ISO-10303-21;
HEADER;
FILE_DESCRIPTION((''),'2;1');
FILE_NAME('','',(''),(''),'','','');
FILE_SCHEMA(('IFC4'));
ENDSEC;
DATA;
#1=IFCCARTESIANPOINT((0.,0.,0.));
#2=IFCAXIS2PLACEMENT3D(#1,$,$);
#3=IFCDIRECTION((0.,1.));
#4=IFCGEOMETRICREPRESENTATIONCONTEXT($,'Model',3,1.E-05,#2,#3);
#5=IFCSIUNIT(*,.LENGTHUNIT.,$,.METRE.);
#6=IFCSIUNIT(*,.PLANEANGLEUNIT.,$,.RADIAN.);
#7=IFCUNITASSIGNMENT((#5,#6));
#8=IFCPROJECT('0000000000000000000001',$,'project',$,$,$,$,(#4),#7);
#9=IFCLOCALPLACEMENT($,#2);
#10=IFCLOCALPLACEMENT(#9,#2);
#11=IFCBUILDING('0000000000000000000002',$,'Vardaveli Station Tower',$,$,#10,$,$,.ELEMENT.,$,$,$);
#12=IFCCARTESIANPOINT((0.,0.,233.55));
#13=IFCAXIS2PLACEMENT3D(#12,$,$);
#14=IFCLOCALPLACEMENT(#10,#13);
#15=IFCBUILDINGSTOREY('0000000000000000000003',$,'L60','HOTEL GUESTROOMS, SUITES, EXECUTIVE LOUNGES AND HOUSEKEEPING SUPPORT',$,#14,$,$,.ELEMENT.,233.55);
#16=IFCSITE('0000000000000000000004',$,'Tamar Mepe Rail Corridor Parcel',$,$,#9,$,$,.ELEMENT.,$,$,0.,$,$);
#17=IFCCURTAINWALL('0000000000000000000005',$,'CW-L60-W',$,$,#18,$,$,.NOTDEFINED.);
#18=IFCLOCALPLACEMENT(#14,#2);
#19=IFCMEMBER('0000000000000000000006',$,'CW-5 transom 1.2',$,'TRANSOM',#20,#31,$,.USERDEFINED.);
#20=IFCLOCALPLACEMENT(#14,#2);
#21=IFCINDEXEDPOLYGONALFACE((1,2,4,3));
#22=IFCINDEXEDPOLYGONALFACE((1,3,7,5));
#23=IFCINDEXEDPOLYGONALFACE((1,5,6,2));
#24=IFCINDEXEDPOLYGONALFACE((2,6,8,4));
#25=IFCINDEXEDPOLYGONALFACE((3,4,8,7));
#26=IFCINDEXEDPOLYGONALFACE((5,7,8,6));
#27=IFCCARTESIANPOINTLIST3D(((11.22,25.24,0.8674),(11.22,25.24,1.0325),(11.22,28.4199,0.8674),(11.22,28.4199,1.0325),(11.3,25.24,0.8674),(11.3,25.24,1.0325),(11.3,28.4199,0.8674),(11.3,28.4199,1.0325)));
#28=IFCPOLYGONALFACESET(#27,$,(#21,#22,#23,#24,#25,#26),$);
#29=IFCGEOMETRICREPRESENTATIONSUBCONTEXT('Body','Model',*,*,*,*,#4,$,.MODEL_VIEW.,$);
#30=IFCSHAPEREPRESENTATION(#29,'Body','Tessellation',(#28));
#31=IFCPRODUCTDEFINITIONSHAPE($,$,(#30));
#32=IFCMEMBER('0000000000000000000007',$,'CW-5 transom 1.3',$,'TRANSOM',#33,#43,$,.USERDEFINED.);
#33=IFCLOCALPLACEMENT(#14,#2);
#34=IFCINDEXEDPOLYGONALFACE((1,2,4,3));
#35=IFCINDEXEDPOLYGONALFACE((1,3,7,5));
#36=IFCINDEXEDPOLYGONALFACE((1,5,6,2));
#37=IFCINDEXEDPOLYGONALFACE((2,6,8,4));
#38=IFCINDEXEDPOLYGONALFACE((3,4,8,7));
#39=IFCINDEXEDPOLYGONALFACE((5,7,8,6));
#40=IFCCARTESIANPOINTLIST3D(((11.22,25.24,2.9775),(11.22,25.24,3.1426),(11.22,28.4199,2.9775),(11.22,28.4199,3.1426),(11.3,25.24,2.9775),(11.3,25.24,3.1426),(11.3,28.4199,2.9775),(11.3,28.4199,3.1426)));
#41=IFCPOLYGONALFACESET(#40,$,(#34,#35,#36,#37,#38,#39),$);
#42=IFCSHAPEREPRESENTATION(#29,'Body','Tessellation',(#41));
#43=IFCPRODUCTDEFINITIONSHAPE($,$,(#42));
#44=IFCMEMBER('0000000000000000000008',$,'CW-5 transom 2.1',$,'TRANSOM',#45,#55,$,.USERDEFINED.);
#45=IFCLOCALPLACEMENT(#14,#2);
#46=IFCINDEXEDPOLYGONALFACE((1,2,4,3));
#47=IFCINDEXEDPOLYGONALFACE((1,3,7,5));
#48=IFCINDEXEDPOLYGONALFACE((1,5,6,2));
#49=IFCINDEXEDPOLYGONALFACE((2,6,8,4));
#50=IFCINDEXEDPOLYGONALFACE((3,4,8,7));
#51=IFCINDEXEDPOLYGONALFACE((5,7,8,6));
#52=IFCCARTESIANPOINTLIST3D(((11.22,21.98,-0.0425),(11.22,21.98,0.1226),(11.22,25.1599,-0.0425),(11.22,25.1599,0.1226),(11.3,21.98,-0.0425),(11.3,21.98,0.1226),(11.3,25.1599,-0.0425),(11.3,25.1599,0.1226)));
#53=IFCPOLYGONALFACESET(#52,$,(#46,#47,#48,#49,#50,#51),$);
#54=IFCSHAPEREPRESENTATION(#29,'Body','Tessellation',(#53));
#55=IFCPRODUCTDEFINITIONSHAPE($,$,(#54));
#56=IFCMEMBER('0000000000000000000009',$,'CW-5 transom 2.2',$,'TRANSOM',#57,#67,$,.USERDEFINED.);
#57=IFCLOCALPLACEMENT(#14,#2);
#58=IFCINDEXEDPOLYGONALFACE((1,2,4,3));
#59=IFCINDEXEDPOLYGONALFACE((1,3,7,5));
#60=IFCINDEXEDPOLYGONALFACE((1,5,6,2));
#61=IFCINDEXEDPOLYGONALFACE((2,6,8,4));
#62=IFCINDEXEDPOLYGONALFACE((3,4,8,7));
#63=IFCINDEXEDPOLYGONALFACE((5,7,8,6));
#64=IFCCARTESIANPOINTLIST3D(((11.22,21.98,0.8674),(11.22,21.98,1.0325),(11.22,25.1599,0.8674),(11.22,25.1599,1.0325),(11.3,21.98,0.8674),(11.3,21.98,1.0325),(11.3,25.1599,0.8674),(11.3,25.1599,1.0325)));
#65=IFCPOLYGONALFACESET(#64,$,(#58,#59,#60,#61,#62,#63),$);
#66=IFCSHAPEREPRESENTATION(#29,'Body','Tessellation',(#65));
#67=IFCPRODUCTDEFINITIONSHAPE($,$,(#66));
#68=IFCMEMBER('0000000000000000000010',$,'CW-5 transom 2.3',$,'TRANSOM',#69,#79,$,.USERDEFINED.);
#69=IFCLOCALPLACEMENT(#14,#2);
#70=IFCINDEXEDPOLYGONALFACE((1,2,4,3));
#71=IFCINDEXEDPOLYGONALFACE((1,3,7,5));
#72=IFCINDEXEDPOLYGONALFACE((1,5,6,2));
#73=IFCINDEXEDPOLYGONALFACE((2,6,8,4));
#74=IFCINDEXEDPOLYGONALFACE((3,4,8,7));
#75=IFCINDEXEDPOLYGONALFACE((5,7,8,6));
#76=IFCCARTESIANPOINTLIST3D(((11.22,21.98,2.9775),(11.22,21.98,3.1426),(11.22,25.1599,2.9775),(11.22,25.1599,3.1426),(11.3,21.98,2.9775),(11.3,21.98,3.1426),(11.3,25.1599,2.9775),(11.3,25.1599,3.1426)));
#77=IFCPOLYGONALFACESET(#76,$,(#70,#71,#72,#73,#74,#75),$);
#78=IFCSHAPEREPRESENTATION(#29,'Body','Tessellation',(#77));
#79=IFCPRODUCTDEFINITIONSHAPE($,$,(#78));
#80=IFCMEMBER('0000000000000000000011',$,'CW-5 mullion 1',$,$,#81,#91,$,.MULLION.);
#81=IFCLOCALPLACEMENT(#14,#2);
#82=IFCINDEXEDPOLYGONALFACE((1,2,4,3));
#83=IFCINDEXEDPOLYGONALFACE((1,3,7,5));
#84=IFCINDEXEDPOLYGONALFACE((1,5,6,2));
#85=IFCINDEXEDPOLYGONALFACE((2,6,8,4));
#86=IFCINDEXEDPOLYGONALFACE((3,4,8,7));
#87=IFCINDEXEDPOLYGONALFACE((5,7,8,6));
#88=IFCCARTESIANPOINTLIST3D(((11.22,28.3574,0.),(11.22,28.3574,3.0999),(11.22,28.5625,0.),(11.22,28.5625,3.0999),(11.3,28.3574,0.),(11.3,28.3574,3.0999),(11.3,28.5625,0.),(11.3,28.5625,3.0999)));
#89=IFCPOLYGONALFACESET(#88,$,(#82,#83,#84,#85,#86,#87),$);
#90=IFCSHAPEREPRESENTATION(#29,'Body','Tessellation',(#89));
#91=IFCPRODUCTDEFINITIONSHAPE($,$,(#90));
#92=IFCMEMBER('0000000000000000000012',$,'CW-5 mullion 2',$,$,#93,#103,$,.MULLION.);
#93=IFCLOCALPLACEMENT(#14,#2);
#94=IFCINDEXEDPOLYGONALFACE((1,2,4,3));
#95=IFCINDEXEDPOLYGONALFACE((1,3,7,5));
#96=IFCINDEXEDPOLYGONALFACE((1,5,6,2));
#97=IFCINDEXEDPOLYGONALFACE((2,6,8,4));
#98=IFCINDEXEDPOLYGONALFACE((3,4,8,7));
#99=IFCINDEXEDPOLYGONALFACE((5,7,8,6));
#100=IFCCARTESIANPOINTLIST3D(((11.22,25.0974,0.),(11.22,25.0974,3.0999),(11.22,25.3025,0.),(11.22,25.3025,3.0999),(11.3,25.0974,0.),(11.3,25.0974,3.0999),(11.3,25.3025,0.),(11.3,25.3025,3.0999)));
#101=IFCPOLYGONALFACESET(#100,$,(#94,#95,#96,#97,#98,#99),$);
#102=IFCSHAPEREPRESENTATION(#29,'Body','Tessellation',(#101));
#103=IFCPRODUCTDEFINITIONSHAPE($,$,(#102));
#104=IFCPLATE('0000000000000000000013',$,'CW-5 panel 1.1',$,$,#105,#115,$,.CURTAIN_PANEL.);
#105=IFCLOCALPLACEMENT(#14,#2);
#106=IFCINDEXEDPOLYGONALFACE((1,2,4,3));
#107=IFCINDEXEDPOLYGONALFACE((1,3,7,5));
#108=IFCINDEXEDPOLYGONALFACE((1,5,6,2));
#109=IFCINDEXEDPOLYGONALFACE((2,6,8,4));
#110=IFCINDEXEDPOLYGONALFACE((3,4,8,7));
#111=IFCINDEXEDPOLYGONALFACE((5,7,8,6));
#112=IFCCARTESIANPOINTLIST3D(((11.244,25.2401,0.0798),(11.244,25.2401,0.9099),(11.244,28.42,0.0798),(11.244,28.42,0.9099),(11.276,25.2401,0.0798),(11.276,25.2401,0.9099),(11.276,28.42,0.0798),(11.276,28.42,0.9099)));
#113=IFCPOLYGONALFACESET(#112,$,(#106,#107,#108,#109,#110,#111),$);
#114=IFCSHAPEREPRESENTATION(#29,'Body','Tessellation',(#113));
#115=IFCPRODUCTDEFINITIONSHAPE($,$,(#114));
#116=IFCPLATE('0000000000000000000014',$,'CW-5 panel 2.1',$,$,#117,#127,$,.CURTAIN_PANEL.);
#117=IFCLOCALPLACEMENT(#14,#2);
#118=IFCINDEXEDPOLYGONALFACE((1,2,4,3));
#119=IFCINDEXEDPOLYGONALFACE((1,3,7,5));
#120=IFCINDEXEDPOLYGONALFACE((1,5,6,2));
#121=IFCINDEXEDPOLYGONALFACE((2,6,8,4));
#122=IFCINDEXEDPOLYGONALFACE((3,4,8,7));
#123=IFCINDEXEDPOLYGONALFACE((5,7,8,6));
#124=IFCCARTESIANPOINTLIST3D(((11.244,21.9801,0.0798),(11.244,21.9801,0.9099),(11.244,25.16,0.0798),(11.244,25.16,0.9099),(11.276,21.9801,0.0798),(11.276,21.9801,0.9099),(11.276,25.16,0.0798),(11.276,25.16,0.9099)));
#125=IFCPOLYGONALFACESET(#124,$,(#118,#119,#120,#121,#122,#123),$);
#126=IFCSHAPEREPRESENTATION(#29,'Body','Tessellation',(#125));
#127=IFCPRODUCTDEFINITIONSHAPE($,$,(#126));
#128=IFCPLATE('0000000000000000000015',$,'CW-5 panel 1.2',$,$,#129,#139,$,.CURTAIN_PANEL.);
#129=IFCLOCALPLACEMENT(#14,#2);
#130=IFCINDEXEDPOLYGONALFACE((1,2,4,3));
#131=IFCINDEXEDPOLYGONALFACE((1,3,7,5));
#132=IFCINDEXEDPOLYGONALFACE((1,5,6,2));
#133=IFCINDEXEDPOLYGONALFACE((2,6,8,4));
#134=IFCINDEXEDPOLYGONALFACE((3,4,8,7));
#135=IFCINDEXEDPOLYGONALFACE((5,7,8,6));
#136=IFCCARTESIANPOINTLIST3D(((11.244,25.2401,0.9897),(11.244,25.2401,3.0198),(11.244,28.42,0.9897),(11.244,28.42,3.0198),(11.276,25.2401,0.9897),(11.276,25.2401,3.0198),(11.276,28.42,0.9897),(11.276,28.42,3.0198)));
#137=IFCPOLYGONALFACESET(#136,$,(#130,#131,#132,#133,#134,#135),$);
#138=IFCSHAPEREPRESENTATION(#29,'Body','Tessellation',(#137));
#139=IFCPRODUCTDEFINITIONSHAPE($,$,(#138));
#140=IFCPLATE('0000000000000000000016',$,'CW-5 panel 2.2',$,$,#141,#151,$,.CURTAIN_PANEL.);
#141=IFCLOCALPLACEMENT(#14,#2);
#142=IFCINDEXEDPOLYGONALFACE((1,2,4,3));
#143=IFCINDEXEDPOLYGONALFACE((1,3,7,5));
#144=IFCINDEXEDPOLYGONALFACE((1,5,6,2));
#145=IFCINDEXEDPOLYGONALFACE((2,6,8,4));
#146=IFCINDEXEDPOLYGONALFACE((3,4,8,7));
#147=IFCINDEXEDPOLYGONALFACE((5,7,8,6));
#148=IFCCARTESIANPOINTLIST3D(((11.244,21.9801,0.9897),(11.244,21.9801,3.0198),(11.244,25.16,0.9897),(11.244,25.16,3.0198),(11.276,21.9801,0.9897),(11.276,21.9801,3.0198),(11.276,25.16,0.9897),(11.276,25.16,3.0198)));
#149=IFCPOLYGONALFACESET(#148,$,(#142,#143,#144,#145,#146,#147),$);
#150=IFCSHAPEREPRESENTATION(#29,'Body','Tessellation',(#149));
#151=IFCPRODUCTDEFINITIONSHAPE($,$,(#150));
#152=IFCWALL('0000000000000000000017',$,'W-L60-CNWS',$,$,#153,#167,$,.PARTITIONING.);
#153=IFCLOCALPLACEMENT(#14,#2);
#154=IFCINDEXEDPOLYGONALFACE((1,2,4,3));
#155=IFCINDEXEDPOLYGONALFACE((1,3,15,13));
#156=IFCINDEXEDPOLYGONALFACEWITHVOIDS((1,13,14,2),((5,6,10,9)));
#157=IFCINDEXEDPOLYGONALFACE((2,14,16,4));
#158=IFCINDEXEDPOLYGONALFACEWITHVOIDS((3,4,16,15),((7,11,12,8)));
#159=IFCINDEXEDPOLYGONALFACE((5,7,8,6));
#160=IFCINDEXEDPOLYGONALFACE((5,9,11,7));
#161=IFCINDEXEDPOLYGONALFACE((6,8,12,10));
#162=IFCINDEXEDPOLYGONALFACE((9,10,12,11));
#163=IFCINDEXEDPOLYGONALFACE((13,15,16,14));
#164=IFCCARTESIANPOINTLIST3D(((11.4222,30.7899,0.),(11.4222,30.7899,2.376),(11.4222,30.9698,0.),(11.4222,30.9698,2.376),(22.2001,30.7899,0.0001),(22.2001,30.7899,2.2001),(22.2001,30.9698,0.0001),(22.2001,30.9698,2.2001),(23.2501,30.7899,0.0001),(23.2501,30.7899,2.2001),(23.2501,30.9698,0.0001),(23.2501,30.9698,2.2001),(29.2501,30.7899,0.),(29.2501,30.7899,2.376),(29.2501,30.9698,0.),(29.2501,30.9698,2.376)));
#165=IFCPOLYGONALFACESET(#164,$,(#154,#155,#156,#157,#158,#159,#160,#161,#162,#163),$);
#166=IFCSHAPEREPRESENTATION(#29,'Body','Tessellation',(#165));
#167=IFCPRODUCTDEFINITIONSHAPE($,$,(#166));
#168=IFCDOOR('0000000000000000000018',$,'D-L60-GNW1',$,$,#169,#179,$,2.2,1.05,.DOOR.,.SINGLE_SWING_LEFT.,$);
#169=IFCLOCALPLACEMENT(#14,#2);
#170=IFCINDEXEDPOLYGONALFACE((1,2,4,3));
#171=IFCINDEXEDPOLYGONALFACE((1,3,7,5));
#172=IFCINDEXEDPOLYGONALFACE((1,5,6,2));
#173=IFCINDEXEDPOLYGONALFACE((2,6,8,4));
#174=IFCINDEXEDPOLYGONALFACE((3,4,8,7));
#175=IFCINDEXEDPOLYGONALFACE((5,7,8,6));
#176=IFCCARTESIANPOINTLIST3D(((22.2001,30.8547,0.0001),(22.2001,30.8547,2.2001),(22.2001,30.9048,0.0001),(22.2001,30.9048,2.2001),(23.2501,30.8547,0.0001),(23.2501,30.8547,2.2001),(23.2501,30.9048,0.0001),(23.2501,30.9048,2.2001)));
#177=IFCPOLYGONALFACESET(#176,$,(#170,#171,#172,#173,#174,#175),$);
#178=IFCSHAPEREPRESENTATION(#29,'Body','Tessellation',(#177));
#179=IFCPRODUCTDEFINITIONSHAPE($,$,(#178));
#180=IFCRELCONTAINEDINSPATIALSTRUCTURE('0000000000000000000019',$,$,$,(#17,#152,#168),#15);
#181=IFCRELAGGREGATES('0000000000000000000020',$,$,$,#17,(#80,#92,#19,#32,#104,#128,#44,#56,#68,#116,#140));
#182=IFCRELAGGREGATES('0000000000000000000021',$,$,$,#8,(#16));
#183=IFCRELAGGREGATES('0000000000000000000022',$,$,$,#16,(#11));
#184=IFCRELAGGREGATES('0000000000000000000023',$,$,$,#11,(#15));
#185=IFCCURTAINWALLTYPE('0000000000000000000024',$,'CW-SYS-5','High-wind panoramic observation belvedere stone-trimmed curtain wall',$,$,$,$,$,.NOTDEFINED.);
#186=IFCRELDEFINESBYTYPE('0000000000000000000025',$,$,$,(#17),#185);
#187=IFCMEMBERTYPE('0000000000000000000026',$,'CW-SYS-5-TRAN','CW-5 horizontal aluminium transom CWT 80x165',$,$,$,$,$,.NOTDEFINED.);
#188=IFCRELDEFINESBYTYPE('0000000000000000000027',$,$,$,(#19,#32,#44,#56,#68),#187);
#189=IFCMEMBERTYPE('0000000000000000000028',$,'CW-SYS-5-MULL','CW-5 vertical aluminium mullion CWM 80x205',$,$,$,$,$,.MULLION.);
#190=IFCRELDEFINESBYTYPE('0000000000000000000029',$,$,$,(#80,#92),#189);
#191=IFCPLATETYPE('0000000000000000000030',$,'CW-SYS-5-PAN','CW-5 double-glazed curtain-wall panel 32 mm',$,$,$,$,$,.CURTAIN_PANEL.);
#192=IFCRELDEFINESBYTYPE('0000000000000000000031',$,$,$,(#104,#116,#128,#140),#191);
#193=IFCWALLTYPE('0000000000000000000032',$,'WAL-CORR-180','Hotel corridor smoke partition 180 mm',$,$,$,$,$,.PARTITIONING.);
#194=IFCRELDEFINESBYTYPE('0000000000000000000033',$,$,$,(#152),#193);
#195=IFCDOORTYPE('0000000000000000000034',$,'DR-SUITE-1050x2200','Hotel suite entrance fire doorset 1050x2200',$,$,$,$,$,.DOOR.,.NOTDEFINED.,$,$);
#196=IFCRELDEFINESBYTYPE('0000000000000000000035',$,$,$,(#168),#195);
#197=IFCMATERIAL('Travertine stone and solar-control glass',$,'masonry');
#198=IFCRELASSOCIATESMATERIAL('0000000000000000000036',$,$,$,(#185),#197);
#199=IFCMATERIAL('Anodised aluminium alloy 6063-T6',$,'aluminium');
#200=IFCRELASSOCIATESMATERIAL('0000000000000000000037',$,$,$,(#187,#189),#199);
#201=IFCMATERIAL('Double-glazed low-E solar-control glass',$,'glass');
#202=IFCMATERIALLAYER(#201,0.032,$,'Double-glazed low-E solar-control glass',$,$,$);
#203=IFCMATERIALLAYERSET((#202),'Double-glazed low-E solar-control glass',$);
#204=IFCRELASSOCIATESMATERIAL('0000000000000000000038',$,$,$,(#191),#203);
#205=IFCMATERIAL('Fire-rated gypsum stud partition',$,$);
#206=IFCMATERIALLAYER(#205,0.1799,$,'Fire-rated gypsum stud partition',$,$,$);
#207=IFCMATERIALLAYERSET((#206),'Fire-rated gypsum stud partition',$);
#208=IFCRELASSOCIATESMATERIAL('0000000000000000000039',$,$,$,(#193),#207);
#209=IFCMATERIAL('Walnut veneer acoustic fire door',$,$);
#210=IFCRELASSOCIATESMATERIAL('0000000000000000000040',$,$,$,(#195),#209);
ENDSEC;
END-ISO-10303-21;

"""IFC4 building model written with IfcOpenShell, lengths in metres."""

from ifc_helpers import new_model, si_unit, direction, frame, frame_2d, origin, origin_2d, place, context, subcontext, project, spatial, rectangle, extrude, source, transform, mapped, material, layer, layer_set, material_profile, profile_set, type_object, element, fill, aggregate, save


model = new_model("IFC4")

# Units and contexts
model_context = context("Model", 3, precision=1e-05, world=origin(), true_north=direction((0.0, 1.0)))
body_context = subcontext(model_context, "Body", "Model", "MODEL_VIEW")
ifc_project = project(units=[si_unit("LENGTHUNIT", "METRE"), si_unit("PLANEANGLEUNIT", "RADIAN")], contexts=[model_context])

# Site, building, storey
site_placement = place(None, origin())
site = spatial("IfcSite", under=ifc_project, at=site_placement, Name="Tamar Mepe Rail Corridor Parcel", CompositionType="ELEMENT", RefElevation=0.0)
building_placement = place(site_placement, origin())
building = spatial("IfcBuilding", under=site, at=building_placement, Name="Vardaveli Station Tower", CompositionType="ELEMENT")
storey_placement = place(building_placement, frame((0.0, 0.0, 233.55)))
storey = spatial("IfcBuildingStorey", under=building, at=storey_placement, Name="L60", Description="HOTEL GUESTROOMS, SUITES, EXECUTIVE LOUNGES AND HOUSEKEEPING SUPPORT", CompositionType="ELEMENT", Elevation=233.55)

# Curtain wall, members, plates
ifc_material_1 = material(Name="Travertine stone and solar-control glass", Category="masonry")
curtain_wall_type = type_object("IfcCurtainWallType", Name="CW-SYS-5", Description="High-wind panoramic observation belvedere stone-trimmed curtain wall", PredefinedType="NOTDEFINED", material=ifc_material_1)
curtain_wall_placement = place(storey_placement, origin())
curtain_wall = element("IfcCurtainWall", 1, at=curtain_wall_placement, inside=storey, type_object=curtain_wall_type, Name="CW-L60-W", PredefinedType="NOTDEFINED")
ifc_material_2 = material(Name="Anodised aluminium alloy 6063-T6", Category="aluminium")
ifc_material_profile_1 = material_profile(ifc_material_2, rectangle(XDim=0.0801, YDim=0.165, at=origin_2d()), Name="CWT 80x165")
ifc_profile_set_1 = profile_set([ifc_material_profile_1], Name="Anodised aluminium alloy 6063-T6")
member_type_1 = type_object("IfcMemberType", Name="CW-SYS-5-TRAN", Description="CW-5 horizontal aluminium transom CWT 80x165", PredefinedType="NOTDEFINED", material=ifc_profile_set_1)
shared_shape_1 = source(origin(), body_context, "Body", "SweptSolid", [
    extrude(rectangle(XDim=0.0801, YDim=0.165, at=origin_2d()), origin(), (0.0, 0.0, 1.0), 3.1799),
])
member_1_placement = place(storey_placement, frame((11.26, 28.4199, 0.95), z_axis=(0.0, -1.0, 0.0), x_axis=(1.0, 0.0, 0.0)))
member_1 = element("IfcMember", 2, at=member_1_placement, type_object=member_type_1, Name="CW-5 transom 1.2", ObjectType="TRANSOM", PredefinedType="USERDEFINED", context=body_context, shape_type="MappedRepresentation", body=[
    mapped(shared_shape_1, transform((0.0, 0.0, 0.0), scale=1.0)),
])
member_2_placement = place(storey_placement, frame((11.26, 28.4199, 3.0601), z_axis=(0.0, -1.0, 0.0), x_axis=(1.0, 0.0, 0.0)))
member_2 = element("IfcMember", 3, at=member_2_placement, type_object=member_type_1, Name="CW-5 transom 1.3", ObjectType="TRANSOM", PredefinedType="USERDEFINED", context=body_context, shape_type="MappedRepresentation", body=[
    mapped(shared_shape_1, transform((0.0, 0.0, 0.0), scale=1.0)),
])
member_3_placement = place(storey_placement, frame((11.26, 25.1599, 0.04), z_axis=(0.0, -1.0, 0.0), x_axis=(1.0, 0.0, 0.0)))
member_3 = element("IfcMember", 4, at=member_3_placement, type_object=member_type_1, Name="CW-5 transom 2.1", ObjectType="TRANSOM", PredefinedType="USERDEFINED", context=body_context, shape_type="MappedRepresentation", body=[
    mapped(shared_shape_1, transform((0.0, 0.0, 0.0), scale=1.0)),
])
member_4_placement = place(storey_placement, frame((11.26, 25.1599, 0.95), z_axis=(0.0, -1.0, 0.0), x_axis=(1.0, 0.0, 0.0)))
member_4 = element("IfcMember", 5, at=member_4_placement, type_object=member_type_1, Name="CW-5 transom 2.2", ObjectType="TRANSOM", PredefinedType="USERDEFINED", context=body_context, shape_type="MappedRepresentation", body=[
    mapped(shared_shape_1, transform((0.0, 0.0, 0.0), scale=1.0)),
])
member_5_placement = place(storey_placement, frame((11.26, 25.1599, 3.0601), z_axis=(0.0, -1.0, 0.0), x_axis=(1.0, 0.0, 0.0)))
member_5 = element("IfcMember", 6, at=member_5_placement, type_object=member_type_1, Name="CW-5 transom 2.3", ObjectType="TRANSOM", PredefinedType="USERDEFINED", context=body_context, shape_type="MappedRepresentation", body=[
    mapped(shared_shape_1, transform((0.0, 0.0, 0.0), scale=1.0)),
])
ifc_material_profile_2 = material_profile(ifc_material_2, rectangle(XDim=0.0801, YDim=0.2051, at=origin_2d()), Name="CWM 80x205")
ifc_profile_set_2 = profile_set([ifc_material_profile_2], Name="Anodised aluminium alloy 6063-T6")
member_type_2 = type_object("IfcMemberType", Name="CW-SYS-5-MULL", Description="CW-5 vertical aluminium mullion CWM 80x205", PredefinedType="MULLION", material=ifc_profile_set_2)
shared_shape_2 = source(origin(), body_context, "Body", "SweptSolid", [
    extrude(rectangle(XDim=0.0801, YDim=0.2051, at=origin_2d()), origin(), (0.0, 0.0, 1.0), 3.0999),
])
member_6_placement = place(storey_placement, frame((11.26, 28.46, 0.0), z_axis=(0.0, 0.0, 1.0), x_axis=(1.0, 0.0, 0.0)))
member_6 = element("IfcMember", 7, at=member_6_placement, type_object=member_type_2, Name="CW-5 mullion 1", PredefinedType="MULLION", context=body_context, shape_type="MappedRepresentation", body=[
    mapped(shared_shape_2, transform((0.0, 0.0, 0.0), scale=1.0)),
])
member_7_placement = place(storey_placement, frame((11.26, 25.2, 0.0), z_axis=(0.0, 0.0, 1.0), x_axis=(1.0, 0.0, 0.0)))
member_7 = element("IfcMember", 8, at=member_7_placement, type_object=member_type_2, Name="CW-5 mullion 2", PredefinedType="MULLION", context=body_context, shape_type="MappedRepresentation", body=[
    mapped(shared_shape_2, transform((0.0, 0.0, 0.0), scale=1.0)),
])
ifc_material_3 = material(Name="Double-glazed low-E solar-control glass", Category="glass")
ifc_layer_1 = layer(ifc_material_3, 0.032, Name="Double-glazed low-E solar-control glass")
ifc_layer_set_1 = layer_set([ifc_layer_1], Name="Double-glazed low-E solar-control glass")
plate_type = type_object("IfcPlateType", Name="CW-SYS-5-PAN", Description="CW-5 double-glazed curtain-wall panel 32 mm", PredefinedType="CURTAIN_PANEL", material=ifc_layer_set_1)
shared_shape_3 = source(origin(), body_context, "Body", "SweptSolid", [
    extrude(rectangle(XDim=3.1799, YDim=0.032, at=origin_2d()), origin(), (0.0, 0.0, 1.0), 0.8301),
])
plate_1_placement = place(storey_placement, frame((11.26, 26.8301, 0.0798), z_axis=(0.0, 0.0, 1.0), x_axis=(0.0, -1.0, 0.0)))
plate_1 = element("IfcPlate", 9, at=plate_1_placement, type_object=plate_type, Name="CW-5 panel 1.1", PredefinedType="CURTAIN_PANEL", context=body_context, shape_type="MappedRepresentation", body=[
    mapped(shared_shape_3, transform((0.0, 0.0, 0.0), scale=1.0)),
])
plate_2_placement = place(storey_placement, frame((11.26, 23.5701, 0.0798), z_axis=(0.0, 0.0, 1.0), x_axis=(0.0, -1.0, 0.0)))
plate_2 = element("IfcPlate", 10, at=plate_2_placement, type_object=plate_type, Name="CW-5 panel 2.1", PredefinedType="CURTAIN_PANEL", context=body_context, shape_type="MappedRepresentation", body=[
    mapped(shared_shape_3, transform((0.0, 0.0, 0.0), scale=1.0)),
])
shared_shape_4 = source(origin(), body_context, "Body", "SweptSolid", [
    extrude(rectangle(XDim=3.1799, YDim=0.032, at=origin_2d()), origin(), (0.0, 0.0, 1.0), 2.03),
])
plate_3_placement = place(storey_placement, frame((11.26, 26.8301, 0.9897), z_axis=(0.0, 0.0, 1.0), x_axis=(0.0, -1.0, 0.0)))
plate_3 = element("IfcPlate", 11, at=plate_3_placement, type_object=plate_type, Name="CW-5 panel 1.2", PredefinedType="CURTAIN_PANEL", context=body_context, shape_type="MappedRepresentation", body=[
    mapped(shared_shape_4, transform((0.0, 0.0, 0.0), scale=1.0)),
])
plate_4_placement = place(storey_placement, frame((11.26, 23.5701, 0.9897), z_axis=(0.0, 0.0, 1.0), x_axis=(0.0, -1.0, 0.0)))
plate_4 = element("IfcPlate", 12, at=plate_4_placement, type_object=plate_type, Name="CW-5 panel 2.2", PredefinedType="CURTAIN_PANEL", context=body_context, shape_type="MappedRepresentation", body=[
    mapped(shared_shape_4, transform((0.0, 0.0, 0.0), scale=1.0)),
])
aggregate(curtain_wall, [member_6, member_7, member_1, member_2, plate_1, plate_3, member_3, member_4, member_5, plate_2, plate_4])

# Wall, opening, door
ifc_material_4 = material(Name="Fire-rated gypsum stud partition")
ifc_layer_2 = layer(ifc_material_4, 0.1799, Name="Fire-rated gypsum stud partition")
ifc_layer_set_2 = layer_set([ifc_layer_2], Name="Fire-rated gypsum stud partition")
wall_type = type_object("IfcWallType", Name="WAL-CORR-180", Description="Hotel corridor smoke partition 180 mm", PredefinedType="PARTITIONING", material=ifc_layer_set_2)
shared_shape_5 = source(origin(), body_context, "Body", "SweptSolid", [
    extrude(rectangle(XDim=17.8279, YDim=0.1799, at=frame_2d((8.9141, 0.0))), origin(), (0.0, 0.0, 1.0), 2.376),
])
wall_1_placement = place(storey_placement, frame((11.4221, 30.8799, 0.0), z_axis=(0.0, 0.0, 1.0), x_axis=(1.0, 0.0, 0.0)))
wall_1 = element("IfcWall", 13, at=wall_1_placement, inside=storey, type_object=wall_type, Name="W-L60-CNWS", PredefinedType="PARTITIONING", context=body_context, shape_type="MappedRepresentation", body=[
    mapped(shared_shape_5, transform((0.0, 0.0, 0.0), scale=1.0)),
])
shared_shape_6 = source(origin(), body_context, "Body", "SweptSolid", [
    extrude(rectangle(XDim=1.05, YDim=2.2, at=frame_2d((0.5249, 1.1001))), frame((0.0, 0.1001, 0.0), z_axis=(0.0, -1.0, 0.0), x_axis=(1.0, 0.0, 0.0)), (0.0, 0.0, 1.0), 0.2),
])
opening_placement = place(wall_1_placement, frame((10.7781, 0.0, 0.0)))
opening = element("IfcOpeningElement", 14, at=opening_placement, cuts=wall_1, PredefinedType="OPENING", context=body_context, shape_type="MappedRepresentation", body=[
    mapped(shared_shape_6, transform((0.0, 0.0, 0.0), scale=1.0)),
])
ifc_material_5 = material(Name="Walnut veneer acoustic fire door")
door_type = type_object("IfcDoorType", Name="DR-SUITE-1050x2200", Description="Hotel suite entrance fire doorset 1050x2200", OperationType="NOTDEFINED", PredefinedType="DOOR", material=ifc_material_5)
shared_shape_7 = source(origin(), body_context, "Body", "SweptSolid", [
    extrude(rectangle(XDim=1.05, YDim=2.2, at=frame_2d((0.5249, 1.1001))), frame((0.0, 0.0249, 0.0), z_axis=(0.0, -1.0, 0.0), x_axis=(1.0, 0.0, 0.0)), (0.0, 0.0, 1.0), 0.05),
])
door_placement = place(opening_placement, origin())
door = element("IfcDoor", 15, at=door_placement, inside=storey, type_object=door_type, Name="D-L60-GNW1", OperationType="SINGLE_SWING_LEFT", OverallHeight=2.2, OverallWidth=1.05, PredefinedType="DOOR", context=body_context, shape_type="MappedRepresentation", body=[
    mapped(shared_shape_7, transform((0.0, 0.0, 0.0), scale=1.0)),
])
fill(opening, door)

save(model, "model.ifc")
